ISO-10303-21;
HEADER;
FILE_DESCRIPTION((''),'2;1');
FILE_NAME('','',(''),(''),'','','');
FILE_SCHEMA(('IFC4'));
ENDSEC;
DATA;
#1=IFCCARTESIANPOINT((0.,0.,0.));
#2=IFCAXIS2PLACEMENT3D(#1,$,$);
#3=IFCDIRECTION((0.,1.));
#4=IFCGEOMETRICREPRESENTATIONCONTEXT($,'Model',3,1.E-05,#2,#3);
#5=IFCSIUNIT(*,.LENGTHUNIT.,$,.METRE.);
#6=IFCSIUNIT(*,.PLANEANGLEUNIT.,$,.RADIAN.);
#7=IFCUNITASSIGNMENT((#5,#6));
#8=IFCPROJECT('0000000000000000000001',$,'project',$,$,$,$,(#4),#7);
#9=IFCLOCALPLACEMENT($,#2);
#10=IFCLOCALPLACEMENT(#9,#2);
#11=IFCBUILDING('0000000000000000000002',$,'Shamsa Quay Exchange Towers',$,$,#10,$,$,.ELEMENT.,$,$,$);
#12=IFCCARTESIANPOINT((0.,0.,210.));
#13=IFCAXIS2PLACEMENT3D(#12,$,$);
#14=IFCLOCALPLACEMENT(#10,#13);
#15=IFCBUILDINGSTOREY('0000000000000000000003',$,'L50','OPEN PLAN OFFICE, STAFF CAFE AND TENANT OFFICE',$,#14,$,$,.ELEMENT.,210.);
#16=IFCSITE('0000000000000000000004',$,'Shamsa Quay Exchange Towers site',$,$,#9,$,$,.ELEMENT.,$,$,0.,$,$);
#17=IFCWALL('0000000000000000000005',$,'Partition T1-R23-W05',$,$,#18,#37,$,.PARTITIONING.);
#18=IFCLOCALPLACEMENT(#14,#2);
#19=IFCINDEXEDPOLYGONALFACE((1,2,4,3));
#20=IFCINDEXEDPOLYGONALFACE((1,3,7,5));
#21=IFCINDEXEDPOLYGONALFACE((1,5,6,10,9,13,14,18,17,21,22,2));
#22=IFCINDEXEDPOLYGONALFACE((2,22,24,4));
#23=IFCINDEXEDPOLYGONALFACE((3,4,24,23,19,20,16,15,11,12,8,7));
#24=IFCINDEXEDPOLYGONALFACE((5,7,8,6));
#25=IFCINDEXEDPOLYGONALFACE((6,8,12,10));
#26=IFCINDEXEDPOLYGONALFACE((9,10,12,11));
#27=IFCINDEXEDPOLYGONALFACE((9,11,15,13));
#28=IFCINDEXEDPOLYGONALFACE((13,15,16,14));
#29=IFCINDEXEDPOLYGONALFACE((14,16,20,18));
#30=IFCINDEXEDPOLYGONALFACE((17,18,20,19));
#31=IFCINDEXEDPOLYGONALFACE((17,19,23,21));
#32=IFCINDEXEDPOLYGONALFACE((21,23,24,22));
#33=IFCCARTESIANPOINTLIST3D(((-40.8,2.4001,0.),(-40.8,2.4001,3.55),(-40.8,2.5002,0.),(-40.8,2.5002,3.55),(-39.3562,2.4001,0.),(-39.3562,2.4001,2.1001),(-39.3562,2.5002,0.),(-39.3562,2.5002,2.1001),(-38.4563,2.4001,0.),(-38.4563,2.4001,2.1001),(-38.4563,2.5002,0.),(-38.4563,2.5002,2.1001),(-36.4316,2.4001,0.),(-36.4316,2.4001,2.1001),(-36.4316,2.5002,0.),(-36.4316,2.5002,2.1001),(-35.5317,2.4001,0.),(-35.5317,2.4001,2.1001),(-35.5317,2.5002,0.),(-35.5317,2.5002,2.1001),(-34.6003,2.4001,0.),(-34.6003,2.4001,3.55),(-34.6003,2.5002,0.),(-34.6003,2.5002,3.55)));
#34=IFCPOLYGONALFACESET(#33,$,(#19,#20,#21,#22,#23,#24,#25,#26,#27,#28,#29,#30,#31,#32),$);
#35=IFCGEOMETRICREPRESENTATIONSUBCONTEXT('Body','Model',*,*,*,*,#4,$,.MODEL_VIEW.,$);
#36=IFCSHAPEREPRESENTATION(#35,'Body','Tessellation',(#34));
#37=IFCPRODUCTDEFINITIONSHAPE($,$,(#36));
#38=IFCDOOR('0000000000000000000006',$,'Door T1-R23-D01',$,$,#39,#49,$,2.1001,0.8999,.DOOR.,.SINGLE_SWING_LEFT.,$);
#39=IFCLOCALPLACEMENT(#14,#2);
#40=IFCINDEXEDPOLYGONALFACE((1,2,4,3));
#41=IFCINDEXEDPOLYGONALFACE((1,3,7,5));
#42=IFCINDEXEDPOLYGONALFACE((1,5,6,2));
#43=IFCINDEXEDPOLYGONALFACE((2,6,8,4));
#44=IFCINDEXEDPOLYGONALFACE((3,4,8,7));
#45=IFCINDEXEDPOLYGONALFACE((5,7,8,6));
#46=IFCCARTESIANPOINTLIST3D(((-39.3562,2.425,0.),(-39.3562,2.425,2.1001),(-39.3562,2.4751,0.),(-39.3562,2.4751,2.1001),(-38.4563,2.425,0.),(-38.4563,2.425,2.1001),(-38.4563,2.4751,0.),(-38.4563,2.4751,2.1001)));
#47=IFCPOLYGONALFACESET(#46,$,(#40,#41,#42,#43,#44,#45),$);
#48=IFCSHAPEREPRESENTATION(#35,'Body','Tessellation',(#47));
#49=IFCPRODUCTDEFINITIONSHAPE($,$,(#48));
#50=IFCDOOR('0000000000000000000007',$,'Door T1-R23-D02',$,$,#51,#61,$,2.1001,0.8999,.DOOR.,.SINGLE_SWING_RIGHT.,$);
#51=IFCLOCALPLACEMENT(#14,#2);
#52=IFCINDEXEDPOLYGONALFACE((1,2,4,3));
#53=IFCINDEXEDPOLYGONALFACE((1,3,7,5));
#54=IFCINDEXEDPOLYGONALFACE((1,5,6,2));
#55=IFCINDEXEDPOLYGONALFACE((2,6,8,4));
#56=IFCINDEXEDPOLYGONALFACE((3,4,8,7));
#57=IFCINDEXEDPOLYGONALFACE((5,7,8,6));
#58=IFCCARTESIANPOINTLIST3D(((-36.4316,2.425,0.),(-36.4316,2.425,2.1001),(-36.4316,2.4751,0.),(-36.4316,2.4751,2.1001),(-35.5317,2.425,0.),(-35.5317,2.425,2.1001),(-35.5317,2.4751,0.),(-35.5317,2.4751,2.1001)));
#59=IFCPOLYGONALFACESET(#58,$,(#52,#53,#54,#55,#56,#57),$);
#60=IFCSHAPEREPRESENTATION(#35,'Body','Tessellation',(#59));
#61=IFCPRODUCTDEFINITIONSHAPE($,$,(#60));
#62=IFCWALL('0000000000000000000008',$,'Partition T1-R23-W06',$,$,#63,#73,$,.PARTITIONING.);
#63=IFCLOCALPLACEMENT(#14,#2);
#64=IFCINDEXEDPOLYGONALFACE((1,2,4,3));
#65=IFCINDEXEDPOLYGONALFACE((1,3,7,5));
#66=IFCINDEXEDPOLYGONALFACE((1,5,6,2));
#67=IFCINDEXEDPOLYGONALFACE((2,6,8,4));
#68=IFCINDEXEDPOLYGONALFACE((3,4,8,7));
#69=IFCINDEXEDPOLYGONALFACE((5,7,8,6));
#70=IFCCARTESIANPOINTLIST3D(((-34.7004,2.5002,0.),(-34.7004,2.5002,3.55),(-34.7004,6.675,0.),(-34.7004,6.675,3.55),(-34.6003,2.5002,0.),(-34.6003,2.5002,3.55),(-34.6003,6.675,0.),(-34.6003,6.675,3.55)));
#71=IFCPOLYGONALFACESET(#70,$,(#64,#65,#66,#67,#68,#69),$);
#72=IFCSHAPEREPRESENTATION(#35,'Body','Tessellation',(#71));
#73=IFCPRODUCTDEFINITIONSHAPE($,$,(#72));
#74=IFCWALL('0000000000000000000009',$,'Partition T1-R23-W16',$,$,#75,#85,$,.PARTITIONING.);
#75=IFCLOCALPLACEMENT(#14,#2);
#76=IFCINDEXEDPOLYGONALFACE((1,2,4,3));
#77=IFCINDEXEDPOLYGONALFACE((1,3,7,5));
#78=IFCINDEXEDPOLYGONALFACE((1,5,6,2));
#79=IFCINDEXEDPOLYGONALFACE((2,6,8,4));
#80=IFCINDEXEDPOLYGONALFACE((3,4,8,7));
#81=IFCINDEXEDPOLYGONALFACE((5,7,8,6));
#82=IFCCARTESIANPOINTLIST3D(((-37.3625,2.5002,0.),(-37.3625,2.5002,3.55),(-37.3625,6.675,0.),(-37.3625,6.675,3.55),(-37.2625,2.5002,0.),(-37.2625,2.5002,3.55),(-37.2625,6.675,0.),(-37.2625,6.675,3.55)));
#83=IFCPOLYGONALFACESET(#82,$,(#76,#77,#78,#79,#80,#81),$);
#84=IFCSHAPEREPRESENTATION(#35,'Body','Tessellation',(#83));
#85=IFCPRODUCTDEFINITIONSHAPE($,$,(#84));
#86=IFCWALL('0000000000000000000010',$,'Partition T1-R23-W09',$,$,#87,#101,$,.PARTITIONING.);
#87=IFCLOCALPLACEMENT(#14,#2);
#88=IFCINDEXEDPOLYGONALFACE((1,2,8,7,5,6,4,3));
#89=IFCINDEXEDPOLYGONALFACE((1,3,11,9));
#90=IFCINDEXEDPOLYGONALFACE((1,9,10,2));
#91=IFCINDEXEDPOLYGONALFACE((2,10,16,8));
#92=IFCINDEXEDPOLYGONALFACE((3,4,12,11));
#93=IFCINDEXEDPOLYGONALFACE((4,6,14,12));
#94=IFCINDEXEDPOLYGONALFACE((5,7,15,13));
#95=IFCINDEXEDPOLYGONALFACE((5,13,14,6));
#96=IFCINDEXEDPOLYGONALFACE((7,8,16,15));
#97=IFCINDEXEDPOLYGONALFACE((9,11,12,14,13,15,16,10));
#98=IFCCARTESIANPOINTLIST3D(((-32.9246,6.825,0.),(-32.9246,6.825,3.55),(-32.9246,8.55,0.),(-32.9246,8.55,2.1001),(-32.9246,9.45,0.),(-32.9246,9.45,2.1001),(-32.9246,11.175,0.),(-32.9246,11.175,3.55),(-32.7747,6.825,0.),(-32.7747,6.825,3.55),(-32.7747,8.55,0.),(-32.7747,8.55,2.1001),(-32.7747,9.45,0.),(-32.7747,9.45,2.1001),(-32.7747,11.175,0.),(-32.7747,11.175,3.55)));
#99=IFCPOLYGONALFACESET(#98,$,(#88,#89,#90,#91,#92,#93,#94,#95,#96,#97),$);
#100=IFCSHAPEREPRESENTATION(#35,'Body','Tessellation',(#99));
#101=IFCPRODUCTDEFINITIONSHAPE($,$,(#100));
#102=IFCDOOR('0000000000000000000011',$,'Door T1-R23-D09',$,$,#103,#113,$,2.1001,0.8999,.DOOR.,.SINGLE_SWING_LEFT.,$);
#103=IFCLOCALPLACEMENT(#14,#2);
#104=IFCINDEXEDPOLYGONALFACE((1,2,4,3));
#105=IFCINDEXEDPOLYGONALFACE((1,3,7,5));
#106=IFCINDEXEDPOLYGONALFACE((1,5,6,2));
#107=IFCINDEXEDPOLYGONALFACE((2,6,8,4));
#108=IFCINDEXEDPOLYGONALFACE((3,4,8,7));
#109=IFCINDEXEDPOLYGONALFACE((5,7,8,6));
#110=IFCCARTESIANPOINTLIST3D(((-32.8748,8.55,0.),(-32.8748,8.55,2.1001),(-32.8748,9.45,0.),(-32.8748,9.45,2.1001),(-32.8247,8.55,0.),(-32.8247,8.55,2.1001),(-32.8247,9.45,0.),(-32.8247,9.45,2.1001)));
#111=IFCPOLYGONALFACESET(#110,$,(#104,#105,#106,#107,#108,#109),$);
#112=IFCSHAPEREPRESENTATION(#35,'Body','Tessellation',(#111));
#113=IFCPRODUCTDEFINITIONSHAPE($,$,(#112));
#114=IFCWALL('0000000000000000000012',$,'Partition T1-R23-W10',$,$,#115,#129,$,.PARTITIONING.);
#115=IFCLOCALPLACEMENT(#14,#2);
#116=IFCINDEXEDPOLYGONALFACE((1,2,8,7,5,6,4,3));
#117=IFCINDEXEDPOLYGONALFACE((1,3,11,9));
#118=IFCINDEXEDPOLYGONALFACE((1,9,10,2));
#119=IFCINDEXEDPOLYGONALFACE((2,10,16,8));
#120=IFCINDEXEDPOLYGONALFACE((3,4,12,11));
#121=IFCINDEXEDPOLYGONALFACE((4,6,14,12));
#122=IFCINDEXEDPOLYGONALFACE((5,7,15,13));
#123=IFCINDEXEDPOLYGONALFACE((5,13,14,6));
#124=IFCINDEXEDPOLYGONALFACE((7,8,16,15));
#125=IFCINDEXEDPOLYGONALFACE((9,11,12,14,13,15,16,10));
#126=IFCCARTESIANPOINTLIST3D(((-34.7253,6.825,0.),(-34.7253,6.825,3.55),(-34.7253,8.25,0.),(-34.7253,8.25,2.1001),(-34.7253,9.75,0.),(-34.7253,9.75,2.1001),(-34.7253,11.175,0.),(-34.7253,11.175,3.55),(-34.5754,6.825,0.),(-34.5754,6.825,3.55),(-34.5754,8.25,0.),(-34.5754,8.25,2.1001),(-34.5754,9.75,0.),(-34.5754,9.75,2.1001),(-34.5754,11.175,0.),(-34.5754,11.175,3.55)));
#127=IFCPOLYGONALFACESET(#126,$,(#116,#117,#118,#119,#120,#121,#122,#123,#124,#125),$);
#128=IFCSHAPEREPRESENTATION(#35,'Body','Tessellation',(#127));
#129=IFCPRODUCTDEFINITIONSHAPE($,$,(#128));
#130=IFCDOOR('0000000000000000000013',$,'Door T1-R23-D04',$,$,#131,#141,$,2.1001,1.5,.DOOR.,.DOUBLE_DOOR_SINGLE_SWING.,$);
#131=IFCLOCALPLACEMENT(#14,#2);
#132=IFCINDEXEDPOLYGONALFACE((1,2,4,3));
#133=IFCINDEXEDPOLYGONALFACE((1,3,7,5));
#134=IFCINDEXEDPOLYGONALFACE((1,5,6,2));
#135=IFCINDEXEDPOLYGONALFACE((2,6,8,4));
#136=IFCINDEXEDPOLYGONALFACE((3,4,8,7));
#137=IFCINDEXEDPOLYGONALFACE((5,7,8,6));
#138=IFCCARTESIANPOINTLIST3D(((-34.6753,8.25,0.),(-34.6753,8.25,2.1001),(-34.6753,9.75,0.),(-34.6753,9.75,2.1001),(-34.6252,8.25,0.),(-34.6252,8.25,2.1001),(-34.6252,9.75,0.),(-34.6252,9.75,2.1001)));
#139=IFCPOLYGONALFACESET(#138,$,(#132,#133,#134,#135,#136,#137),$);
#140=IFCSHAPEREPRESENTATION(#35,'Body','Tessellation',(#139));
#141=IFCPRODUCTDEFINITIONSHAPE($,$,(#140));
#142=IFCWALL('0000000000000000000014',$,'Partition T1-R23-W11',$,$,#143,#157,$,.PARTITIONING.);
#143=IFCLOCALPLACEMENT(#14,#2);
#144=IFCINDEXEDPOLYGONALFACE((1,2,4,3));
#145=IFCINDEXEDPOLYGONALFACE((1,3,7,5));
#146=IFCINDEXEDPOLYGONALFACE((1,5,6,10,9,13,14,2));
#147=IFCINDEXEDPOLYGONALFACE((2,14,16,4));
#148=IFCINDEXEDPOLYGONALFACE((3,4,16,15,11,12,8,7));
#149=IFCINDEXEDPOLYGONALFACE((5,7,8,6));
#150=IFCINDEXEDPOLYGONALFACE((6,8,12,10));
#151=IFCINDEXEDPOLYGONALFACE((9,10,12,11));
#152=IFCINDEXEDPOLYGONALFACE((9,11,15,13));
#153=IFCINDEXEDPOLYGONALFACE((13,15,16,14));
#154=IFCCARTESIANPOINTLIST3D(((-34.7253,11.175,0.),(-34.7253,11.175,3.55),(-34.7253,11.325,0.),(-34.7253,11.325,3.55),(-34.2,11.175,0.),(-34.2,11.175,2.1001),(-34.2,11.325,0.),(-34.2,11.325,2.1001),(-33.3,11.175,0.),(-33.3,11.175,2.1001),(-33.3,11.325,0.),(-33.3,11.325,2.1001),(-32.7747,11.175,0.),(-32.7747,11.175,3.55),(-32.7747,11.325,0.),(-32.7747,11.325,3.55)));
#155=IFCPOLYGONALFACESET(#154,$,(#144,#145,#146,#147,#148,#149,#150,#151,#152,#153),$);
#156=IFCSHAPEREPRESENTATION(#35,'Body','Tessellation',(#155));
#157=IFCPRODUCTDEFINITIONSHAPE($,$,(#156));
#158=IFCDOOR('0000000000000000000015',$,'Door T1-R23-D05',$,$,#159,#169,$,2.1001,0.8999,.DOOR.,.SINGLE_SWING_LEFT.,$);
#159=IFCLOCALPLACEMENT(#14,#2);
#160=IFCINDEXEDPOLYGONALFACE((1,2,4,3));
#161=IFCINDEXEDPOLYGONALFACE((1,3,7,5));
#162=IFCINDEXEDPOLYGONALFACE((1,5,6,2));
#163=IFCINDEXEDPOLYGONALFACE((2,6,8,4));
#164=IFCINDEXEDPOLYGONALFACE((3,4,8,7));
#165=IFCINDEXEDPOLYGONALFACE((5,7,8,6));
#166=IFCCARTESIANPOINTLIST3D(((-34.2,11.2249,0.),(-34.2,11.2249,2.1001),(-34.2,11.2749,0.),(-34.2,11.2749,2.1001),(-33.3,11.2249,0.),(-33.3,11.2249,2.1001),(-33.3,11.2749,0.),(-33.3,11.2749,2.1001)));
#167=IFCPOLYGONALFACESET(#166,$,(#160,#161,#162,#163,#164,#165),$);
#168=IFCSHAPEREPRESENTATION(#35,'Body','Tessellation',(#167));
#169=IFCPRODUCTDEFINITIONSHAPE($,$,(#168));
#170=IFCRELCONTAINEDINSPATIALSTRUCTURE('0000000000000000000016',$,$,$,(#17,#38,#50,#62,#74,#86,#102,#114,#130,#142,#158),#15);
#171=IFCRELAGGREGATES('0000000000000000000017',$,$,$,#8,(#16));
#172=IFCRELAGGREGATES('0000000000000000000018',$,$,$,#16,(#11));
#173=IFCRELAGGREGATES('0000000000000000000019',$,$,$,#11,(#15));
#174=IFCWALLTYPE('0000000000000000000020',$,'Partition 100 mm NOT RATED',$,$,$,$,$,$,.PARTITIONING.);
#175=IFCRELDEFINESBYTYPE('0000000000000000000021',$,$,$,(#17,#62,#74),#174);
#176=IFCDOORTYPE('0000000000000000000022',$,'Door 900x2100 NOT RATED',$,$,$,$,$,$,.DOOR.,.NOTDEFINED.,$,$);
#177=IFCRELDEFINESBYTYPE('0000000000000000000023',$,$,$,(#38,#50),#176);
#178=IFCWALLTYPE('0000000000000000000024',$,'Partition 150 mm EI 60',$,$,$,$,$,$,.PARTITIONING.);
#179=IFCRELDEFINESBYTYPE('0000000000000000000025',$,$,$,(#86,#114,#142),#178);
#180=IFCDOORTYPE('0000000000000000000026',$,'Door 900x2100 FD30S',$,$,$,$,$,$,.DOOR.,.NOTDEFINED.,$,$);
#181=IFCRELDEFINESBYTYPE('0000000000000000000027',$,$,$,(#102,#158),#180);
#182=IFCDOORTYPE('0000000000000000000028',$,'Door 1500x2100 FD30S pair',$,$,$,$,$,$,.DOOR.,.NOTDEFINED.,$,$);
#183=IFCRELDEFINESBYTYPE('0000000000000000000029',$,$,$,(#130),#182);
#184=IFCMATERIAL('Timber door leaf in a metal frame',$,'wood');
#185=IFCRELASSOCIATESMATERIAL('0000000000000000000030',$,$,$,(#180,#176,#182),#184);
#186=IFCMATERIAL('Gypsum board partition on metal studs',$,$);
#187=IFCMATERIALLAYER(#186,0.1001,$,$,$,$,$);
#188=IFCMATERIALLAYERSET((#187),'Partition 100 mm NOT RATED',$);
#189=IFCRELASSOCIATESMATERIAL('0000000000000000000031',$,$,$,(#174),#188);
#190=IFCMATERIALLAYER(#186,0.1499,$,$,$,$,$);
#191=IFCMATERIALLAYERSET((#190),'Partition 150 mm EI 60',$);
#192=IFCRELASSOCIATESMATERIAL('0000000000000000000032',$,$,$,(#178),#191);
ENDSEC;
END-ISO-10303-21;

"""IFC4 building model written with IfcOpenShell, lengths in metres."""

from ifc_helpers import new_model, si_unit, direction, frame, frame_2d, origin, place, context, subcontext, project, spatial, rectangle, extrude, material, layer, layer_set, type_object, element, fill, save


model = new_model("IFC4")

# Units and contexts
model_context = context("Model", 3, precision=1e-05, world=origin(), true_north=direction((0.0, 1.0)))
body_context = subcontext(model_context, "Body", "Model", "MODEL_VIEW")
ifc_project = project(units=[si_unit("LENGTHUNIT", "METRE"), si_unit("PLANEANGLEUNIT", "RADIAN")], contexts=[model_context])

# Site, building, storey
site_placement = place(None, origin())
site = spatial("IfcSite", under=ifc_project, at=site_placement, Name="Shamsa Quay Exchange Towers site", CompositionType="ELEMENT", RefElevation=0.0)
building_placement = place(site_placement, origin())
building = spatial("IfcBuilding", under=site, at=building_placement, Name="Shamsa Quay Exchange Towers", CompositionType="ELEMENT")
storey_placement = place(building_placement, frame((0.0, 0.0, 210.0)))
storey = spatial("IfcBuildingStorey", under=building, at=storey_placement, Name="L50", Description="OPEN PLAN OFFICE, STAFF CAFE AND TENANT OFFICE", CompositionType="ELEMENT", Elevation=210.0)

# Shared definitions
ifc_material_1 = material(Name="Timber door leaf in a metal frame", Category="wood")
door_type_1 = type_object("IfcDoorType", Name="Door 900x2100 FD30S", OperationType="NOTDEFINED", PredefinedType="DOOR", material=ifc_material_1)

# Wall, openings, doors
ifc_material_2 = material(Name="Gypsum board partition on metal studs")
ifc_layer_1 = layer(ifc_material_2, 0.1001)
ifc_layer_set_1 = layer_set([ifc_layer_1], Name="Partition 100 mm NOT RATED")
wall_type_1 = type_object("IfcWallType", Name="Partition 100 mm NOT RATED", PredefinedType="PARTITIONING", material=ifc_layer_set_1)
wall_1_placement = place(storey_placement, frame((-40.8, 2.4502, 0.0)))
wall_1 = element("IfcWall", 1, at=wall_1_placement, inside=storey, type_object=wall_type_1, Name="Partition T1-R23-W05", PredefinedType="PARTITIONING", context=body_context, shape_type="SweptSolid", body=[
    extrude(rectangle(XDim=6.1997, YDim=0.1001, at=frame_2d((3.0999, 0.0))), origin(), (0.0, 0.0, 1.0), 3.55),
])
opening_1_placement = place(wall_1_placement, frame((1.4438, 0.0, 0.0)))
opening_1 = element("IfcOpeningElement", 2, at=opening_1_placement, cuts=wall_1, PredefinedType="OPENING", context=body_context, shape_type="SweptSolid", body=[
    extrude(rectangle(XDim=0.8999, YDim=2.1001, at=frame_2d((0.45, 1.05))), frame((0.0, 0.0601, 0.0), z_axis=(0.0, -1.0, 0.0), x_axis=(1.0, 0.0, 0.0)), (0.0, 0.0, 1.0), 0.1201),
])
opening_2_placement = place(wall_1_placement, frame((4.3684, 0.0, 0.0)))
opening_2 = element("IfcOpeningElement", 3, at=opening_2_placement, cuts=wall_1, PredefinedType="OPENING", context=body_context, shape_type="SweptSolid", body=[
    extrude(rectangle(XDim=0.8999, YDim=2.1001, at=frame_2d((0.45, 1.05))), frame((0.0, 0.0601, 0.0), z_axis=(0.0, -1.0, 0.0), x_axis=(1.0, 0.0, 0.0)), (0.0, 0.0, 1.0), 0.1201),
])
door_type_2 = type_object("IfcDoorType", Name="Door 900x2100 NOT RATED", OperationType="NOTDEFINED", PredefinedType="DOOR", material=ifc_material_1)
door_1_placement = place(opening_1_placement, origin())
door_1 = element("IfcDoor", 4, at=door_1_placement, inside=storey, type_object=door_type_2, Name="Door T1-R23-D01", OperationType="SINGLE_SWING_LEFT", OverallHeight=2.1001, OverallWidth=0.8999, PredefinedType="DOOR", context=body_context, shape_type="SweptSolid", body=[
    extrude(rectangle(XDim=0.8999, YDim=2.1001, at=frame_2d((0.45, 1.05))), frame((0.0, 0.0249, 0.0), z_axis=(0.0, -1.0, 0.0), x_axis=(1.0, 0.0, 0.0)), (0.0, 0.0, 1.0), 0.05),
])
fill(opening_1, door_1)
door_2_placement = place(opening_2_placement, origin())
door_2 = element("IfcDoor", 5, at=door_2_placement, inside=storey, type_object=door_type_2, Name="Door T1-R23-D02", OperationType="SINGLE_SWING_RIGHT", OverallHeight=2.1001, OverallWidth=0.8999, PredefinedType="DOOR", context=body_context, shape_type="SweptSolid", body=[
    extrude(rectangle(XDim=0.8999, YDim=2.1001, at=frame_2d((0.45, 1.05))), frame((0.0, 0.0249, 0.0), z_axis=(0.0, -1.0, 0.0), x_axis=(1.0, 0.0, 0.0)), (0.0, 0.0, 1.0), 0.05),
])
fill(opening_2, door_2)

# Walls
for number, where, z_axis, x_axis, name in (
    (6, (-34.6504, 2.5002, 0.0), (0.0, 0.0, 1.0), (0.0, 1.0, 0.0), "Partition T1-R23-W06"),
    (7, (-37.3125, 2.5002, 0.0), (0.0, 0.0, 1.0), (0.0, 1.0, 0.0), "Partition T1-R23-W16"),
):
    element("IfcWall", number, at=place(storey_placement, frame(where, z_axis=z_axis, x_axis=x_axis)), inside=storey, type_object=wall_type_1, Name=name, PredefinedType="PARTITIONING", context=body_context, shape_type="SweptSolid", body=[
        extrude(rectangle(XDim=4.1748, YDim=0.1001, at=frame_2d((2.0874, 0.0))), origin(), (0.0, 0.0, 1.0), 3.55),
    ])

# Walls, openings, doors
ifc_layer_2 = layer(ifc_material_2, 0.1499)
ifc_layer_set_2 = layer_set([ifc_layer_2], Name="Partition 150 mm EI 60")
wall_type_2 = type_object("IfcWallType", Name="Partition 150 mm EI 60", PredefinedType="PARTITIONING", material=ifc_layer_set_2)
wall_2_placement = place(storey_placement, frame((-32.8496, 11.175, 0.0), z_axis=(0.0, 0.0, 1.0), x_axis=(0.0, -1.0, 0.0)))
wall_2 = element("IfcWall", 8, at=wall_2_placement, inside=storey, type_object=wall_type_2, Name="Partition T1-R23-W09", PredefinedType="PARTITIONING", context=body_context, shape_type="SweptSolid", body=[
    extrude(rectangle(XDim=4.3501, YDim=0.1499, at=frame_2d((2.175, 0.0))), origin(), (0.0, 0.0, 1.0), 3.55),
])
opening_3_placement = place(wall_2_placement, frame((1.7251, 0.0, 0.0)))
opening_3 = element("IfcOpeningElement", 9, at=opening_3_placement, cuts=wall_2, PredefinedType="OPENING", context=body_context, shape_type="SweptSolid", body=[
    extrude(rectangle(XDim=0.8999, YDim=2.1001, at=frame_2d((0.45, 1.05))), frame((0.0, 0.085, 0.0), z_axis=(0.0, -1.0, 0.0), x_axis=(1.0, 0.0, 0.0)), (0.0, 0.0, 1.0), 0.1699),
])
door_3_placement = place(opening_3_placement, origin())
door_3 = element("IfcDoor", 10, at=door_3_placement, inside=storey, type_object=door_type_1, Name="Door T1-R23-D09", OperationType="SINGLE_SWING_LEFT", OverallHeight=2.1001, OverallWidth=0.8999, PredefinedType="DOOR", context=body_context, shape_type="SweptSolid", body=[
    extrude(rectangle(XDim=0.8999, YDim=2.1001, at=frame_2d((0.45, 1.05))), frame((0.0, 0.0249, 0.0), z_axis=(0.0, -1.0, 0.0), x_axis=(1.0, 0.0, 0.0)), (0.0, 0.0, 1.0), 0.05),
])
fill(opening_3, door_3)
wall_3_placement = place(storey_placement, frame((-34.6504, 6.825, 0.0), z_axis=(0.0, 0.0, 1.0), x_axis=(0.0, 1.0, 0.0)))
wall_3 = element("IfcWall", 11, at=wall_3_placement, inside=storey, type_object=wall_type_2, Name="Partition T1-R23-W10", PredefinedType="PARTITIONING", context=body_context, shape_type="SweptSolid", body=[
    extrude(rectangle(XDim=4.3501, YDim=0.1499, at=frame_2d((2.175, 0.0))), origin(), (0.0, 0.0, 1.0), 3.55),
])
opening_4_placement = place(wall_3_placement, frame((1.425, 0.0, 0.0)))
opening_4 = element("IfcOpeningElement", 12, at=opening_4_placement, cuts=wall_3, PredefinedType="OPENING", context=body_context, shape_type="SweptSolid", body=[
    extrude(rectangle(XDim=1.5, YDim=2.1001, at=frame_2d((0.75, 1.05))), frame((0.0, 0.085, 0.0), z_axis=(0.0, -1.0, 0.0), x_axis=(1.0, 0.0, 0.0)), (0.0, 0.0, 1.0), 0.1699),
])
door_type_3 = type_object("IfcDoorType", Name="Door 1500x2100 FD30S pair", OperationType="NOTDEFINED", PredefinedType="DOOR", material=ifc_material_1)
door_4_placement = place(opening_4_placement, origin())
door_4 = element("IfcDoor", 13, at=door_4_placement, inside=storey, type_object=door_type_3, Name="Door T1-R23-D04", OperationType="DOUBLE_DOOR_SINGLE_SWING", OverallHeight=2.1001, OverallWidth=1.5, PredefinedType="DOOR", context=body_context, shape_type="SweptSolid", body=[
    extrude(rectangle(XDim=1.5, YDim=2.1001, at=frame_2d((0.75, 1.05))), frame((0.0, 0.0249, 0.0), z_axis=(0.0, -1.0, 0.0), x_axis=(1.0, 0.0, 0.0)), (0.0, 0.0, 1.0), 0.05),
])
fill(opening_4, door_4)
wall_4_placement = place(storey_placement, frame((-34.7253, 11.25, 0.0)))
wall_4 = element("IfcWall", 14, at=wall_4_placement, inside=storey, type_object=wall_type_2, Name="Partition T1-R23-W11", PredefinedType="PARTITIONING", context=body_context, shape_type="SweptSolid", body=[
    extrude(rectangle(XDim=1.9507, YDim=0.1499, at=frame_2d((0.9753, 0.0))), origin(), (0.0, 0.0, 1.0), 3.55),
])
opening_5_placement = place(wall_4_placement, frame((0.5254, 0.0, 0.0)))
opening_5 = element("IfcOpeningElement", 15, at=opening_5_placement, cuts=wall_4, PredefinedType="OPENING", context=body_context, shape_type="SweptSolid", body=[
    extrude(rectangle(XDim=0.8999, YDim=2.1001, at=frame_2d((0.45, 1.05))), frame((0.0, 0.085, 0.0), z_axis=(0.0, -1.0, 0.0), x_axis=(1.0, 0.0, 0.0)), (0.0, 0.0, 1.0), 0.1699),
])
door_5_placement = place(opening_5_placement, origin())
door_5 = element("IfcDoor", 16, at=door_5_placement, inside=storey, type_object=door_type_1, Name="Door T1-R23-D05", OperationType="SINGLE_SWING_LEFT", OverallHeight=2.1001, OverallWidth=0.8999, PredefinedType="DOOR", context=body_context, shape_type="SweptSolid", body=[
    extrude(rectangle(XDim=0.8999, YDim=2.1001, at=frame_2d((0.45, 1.05))), frame((0.0, 0.0249, 0.0), z_axis=(0.0, -1.0, 0.0), x_axis=(1.0, 0.0, 0.0)), (0.0, 0.0, 1.0), 0.05),
])
fill(opening_5, door_5)

save(model, "model.ifc")
